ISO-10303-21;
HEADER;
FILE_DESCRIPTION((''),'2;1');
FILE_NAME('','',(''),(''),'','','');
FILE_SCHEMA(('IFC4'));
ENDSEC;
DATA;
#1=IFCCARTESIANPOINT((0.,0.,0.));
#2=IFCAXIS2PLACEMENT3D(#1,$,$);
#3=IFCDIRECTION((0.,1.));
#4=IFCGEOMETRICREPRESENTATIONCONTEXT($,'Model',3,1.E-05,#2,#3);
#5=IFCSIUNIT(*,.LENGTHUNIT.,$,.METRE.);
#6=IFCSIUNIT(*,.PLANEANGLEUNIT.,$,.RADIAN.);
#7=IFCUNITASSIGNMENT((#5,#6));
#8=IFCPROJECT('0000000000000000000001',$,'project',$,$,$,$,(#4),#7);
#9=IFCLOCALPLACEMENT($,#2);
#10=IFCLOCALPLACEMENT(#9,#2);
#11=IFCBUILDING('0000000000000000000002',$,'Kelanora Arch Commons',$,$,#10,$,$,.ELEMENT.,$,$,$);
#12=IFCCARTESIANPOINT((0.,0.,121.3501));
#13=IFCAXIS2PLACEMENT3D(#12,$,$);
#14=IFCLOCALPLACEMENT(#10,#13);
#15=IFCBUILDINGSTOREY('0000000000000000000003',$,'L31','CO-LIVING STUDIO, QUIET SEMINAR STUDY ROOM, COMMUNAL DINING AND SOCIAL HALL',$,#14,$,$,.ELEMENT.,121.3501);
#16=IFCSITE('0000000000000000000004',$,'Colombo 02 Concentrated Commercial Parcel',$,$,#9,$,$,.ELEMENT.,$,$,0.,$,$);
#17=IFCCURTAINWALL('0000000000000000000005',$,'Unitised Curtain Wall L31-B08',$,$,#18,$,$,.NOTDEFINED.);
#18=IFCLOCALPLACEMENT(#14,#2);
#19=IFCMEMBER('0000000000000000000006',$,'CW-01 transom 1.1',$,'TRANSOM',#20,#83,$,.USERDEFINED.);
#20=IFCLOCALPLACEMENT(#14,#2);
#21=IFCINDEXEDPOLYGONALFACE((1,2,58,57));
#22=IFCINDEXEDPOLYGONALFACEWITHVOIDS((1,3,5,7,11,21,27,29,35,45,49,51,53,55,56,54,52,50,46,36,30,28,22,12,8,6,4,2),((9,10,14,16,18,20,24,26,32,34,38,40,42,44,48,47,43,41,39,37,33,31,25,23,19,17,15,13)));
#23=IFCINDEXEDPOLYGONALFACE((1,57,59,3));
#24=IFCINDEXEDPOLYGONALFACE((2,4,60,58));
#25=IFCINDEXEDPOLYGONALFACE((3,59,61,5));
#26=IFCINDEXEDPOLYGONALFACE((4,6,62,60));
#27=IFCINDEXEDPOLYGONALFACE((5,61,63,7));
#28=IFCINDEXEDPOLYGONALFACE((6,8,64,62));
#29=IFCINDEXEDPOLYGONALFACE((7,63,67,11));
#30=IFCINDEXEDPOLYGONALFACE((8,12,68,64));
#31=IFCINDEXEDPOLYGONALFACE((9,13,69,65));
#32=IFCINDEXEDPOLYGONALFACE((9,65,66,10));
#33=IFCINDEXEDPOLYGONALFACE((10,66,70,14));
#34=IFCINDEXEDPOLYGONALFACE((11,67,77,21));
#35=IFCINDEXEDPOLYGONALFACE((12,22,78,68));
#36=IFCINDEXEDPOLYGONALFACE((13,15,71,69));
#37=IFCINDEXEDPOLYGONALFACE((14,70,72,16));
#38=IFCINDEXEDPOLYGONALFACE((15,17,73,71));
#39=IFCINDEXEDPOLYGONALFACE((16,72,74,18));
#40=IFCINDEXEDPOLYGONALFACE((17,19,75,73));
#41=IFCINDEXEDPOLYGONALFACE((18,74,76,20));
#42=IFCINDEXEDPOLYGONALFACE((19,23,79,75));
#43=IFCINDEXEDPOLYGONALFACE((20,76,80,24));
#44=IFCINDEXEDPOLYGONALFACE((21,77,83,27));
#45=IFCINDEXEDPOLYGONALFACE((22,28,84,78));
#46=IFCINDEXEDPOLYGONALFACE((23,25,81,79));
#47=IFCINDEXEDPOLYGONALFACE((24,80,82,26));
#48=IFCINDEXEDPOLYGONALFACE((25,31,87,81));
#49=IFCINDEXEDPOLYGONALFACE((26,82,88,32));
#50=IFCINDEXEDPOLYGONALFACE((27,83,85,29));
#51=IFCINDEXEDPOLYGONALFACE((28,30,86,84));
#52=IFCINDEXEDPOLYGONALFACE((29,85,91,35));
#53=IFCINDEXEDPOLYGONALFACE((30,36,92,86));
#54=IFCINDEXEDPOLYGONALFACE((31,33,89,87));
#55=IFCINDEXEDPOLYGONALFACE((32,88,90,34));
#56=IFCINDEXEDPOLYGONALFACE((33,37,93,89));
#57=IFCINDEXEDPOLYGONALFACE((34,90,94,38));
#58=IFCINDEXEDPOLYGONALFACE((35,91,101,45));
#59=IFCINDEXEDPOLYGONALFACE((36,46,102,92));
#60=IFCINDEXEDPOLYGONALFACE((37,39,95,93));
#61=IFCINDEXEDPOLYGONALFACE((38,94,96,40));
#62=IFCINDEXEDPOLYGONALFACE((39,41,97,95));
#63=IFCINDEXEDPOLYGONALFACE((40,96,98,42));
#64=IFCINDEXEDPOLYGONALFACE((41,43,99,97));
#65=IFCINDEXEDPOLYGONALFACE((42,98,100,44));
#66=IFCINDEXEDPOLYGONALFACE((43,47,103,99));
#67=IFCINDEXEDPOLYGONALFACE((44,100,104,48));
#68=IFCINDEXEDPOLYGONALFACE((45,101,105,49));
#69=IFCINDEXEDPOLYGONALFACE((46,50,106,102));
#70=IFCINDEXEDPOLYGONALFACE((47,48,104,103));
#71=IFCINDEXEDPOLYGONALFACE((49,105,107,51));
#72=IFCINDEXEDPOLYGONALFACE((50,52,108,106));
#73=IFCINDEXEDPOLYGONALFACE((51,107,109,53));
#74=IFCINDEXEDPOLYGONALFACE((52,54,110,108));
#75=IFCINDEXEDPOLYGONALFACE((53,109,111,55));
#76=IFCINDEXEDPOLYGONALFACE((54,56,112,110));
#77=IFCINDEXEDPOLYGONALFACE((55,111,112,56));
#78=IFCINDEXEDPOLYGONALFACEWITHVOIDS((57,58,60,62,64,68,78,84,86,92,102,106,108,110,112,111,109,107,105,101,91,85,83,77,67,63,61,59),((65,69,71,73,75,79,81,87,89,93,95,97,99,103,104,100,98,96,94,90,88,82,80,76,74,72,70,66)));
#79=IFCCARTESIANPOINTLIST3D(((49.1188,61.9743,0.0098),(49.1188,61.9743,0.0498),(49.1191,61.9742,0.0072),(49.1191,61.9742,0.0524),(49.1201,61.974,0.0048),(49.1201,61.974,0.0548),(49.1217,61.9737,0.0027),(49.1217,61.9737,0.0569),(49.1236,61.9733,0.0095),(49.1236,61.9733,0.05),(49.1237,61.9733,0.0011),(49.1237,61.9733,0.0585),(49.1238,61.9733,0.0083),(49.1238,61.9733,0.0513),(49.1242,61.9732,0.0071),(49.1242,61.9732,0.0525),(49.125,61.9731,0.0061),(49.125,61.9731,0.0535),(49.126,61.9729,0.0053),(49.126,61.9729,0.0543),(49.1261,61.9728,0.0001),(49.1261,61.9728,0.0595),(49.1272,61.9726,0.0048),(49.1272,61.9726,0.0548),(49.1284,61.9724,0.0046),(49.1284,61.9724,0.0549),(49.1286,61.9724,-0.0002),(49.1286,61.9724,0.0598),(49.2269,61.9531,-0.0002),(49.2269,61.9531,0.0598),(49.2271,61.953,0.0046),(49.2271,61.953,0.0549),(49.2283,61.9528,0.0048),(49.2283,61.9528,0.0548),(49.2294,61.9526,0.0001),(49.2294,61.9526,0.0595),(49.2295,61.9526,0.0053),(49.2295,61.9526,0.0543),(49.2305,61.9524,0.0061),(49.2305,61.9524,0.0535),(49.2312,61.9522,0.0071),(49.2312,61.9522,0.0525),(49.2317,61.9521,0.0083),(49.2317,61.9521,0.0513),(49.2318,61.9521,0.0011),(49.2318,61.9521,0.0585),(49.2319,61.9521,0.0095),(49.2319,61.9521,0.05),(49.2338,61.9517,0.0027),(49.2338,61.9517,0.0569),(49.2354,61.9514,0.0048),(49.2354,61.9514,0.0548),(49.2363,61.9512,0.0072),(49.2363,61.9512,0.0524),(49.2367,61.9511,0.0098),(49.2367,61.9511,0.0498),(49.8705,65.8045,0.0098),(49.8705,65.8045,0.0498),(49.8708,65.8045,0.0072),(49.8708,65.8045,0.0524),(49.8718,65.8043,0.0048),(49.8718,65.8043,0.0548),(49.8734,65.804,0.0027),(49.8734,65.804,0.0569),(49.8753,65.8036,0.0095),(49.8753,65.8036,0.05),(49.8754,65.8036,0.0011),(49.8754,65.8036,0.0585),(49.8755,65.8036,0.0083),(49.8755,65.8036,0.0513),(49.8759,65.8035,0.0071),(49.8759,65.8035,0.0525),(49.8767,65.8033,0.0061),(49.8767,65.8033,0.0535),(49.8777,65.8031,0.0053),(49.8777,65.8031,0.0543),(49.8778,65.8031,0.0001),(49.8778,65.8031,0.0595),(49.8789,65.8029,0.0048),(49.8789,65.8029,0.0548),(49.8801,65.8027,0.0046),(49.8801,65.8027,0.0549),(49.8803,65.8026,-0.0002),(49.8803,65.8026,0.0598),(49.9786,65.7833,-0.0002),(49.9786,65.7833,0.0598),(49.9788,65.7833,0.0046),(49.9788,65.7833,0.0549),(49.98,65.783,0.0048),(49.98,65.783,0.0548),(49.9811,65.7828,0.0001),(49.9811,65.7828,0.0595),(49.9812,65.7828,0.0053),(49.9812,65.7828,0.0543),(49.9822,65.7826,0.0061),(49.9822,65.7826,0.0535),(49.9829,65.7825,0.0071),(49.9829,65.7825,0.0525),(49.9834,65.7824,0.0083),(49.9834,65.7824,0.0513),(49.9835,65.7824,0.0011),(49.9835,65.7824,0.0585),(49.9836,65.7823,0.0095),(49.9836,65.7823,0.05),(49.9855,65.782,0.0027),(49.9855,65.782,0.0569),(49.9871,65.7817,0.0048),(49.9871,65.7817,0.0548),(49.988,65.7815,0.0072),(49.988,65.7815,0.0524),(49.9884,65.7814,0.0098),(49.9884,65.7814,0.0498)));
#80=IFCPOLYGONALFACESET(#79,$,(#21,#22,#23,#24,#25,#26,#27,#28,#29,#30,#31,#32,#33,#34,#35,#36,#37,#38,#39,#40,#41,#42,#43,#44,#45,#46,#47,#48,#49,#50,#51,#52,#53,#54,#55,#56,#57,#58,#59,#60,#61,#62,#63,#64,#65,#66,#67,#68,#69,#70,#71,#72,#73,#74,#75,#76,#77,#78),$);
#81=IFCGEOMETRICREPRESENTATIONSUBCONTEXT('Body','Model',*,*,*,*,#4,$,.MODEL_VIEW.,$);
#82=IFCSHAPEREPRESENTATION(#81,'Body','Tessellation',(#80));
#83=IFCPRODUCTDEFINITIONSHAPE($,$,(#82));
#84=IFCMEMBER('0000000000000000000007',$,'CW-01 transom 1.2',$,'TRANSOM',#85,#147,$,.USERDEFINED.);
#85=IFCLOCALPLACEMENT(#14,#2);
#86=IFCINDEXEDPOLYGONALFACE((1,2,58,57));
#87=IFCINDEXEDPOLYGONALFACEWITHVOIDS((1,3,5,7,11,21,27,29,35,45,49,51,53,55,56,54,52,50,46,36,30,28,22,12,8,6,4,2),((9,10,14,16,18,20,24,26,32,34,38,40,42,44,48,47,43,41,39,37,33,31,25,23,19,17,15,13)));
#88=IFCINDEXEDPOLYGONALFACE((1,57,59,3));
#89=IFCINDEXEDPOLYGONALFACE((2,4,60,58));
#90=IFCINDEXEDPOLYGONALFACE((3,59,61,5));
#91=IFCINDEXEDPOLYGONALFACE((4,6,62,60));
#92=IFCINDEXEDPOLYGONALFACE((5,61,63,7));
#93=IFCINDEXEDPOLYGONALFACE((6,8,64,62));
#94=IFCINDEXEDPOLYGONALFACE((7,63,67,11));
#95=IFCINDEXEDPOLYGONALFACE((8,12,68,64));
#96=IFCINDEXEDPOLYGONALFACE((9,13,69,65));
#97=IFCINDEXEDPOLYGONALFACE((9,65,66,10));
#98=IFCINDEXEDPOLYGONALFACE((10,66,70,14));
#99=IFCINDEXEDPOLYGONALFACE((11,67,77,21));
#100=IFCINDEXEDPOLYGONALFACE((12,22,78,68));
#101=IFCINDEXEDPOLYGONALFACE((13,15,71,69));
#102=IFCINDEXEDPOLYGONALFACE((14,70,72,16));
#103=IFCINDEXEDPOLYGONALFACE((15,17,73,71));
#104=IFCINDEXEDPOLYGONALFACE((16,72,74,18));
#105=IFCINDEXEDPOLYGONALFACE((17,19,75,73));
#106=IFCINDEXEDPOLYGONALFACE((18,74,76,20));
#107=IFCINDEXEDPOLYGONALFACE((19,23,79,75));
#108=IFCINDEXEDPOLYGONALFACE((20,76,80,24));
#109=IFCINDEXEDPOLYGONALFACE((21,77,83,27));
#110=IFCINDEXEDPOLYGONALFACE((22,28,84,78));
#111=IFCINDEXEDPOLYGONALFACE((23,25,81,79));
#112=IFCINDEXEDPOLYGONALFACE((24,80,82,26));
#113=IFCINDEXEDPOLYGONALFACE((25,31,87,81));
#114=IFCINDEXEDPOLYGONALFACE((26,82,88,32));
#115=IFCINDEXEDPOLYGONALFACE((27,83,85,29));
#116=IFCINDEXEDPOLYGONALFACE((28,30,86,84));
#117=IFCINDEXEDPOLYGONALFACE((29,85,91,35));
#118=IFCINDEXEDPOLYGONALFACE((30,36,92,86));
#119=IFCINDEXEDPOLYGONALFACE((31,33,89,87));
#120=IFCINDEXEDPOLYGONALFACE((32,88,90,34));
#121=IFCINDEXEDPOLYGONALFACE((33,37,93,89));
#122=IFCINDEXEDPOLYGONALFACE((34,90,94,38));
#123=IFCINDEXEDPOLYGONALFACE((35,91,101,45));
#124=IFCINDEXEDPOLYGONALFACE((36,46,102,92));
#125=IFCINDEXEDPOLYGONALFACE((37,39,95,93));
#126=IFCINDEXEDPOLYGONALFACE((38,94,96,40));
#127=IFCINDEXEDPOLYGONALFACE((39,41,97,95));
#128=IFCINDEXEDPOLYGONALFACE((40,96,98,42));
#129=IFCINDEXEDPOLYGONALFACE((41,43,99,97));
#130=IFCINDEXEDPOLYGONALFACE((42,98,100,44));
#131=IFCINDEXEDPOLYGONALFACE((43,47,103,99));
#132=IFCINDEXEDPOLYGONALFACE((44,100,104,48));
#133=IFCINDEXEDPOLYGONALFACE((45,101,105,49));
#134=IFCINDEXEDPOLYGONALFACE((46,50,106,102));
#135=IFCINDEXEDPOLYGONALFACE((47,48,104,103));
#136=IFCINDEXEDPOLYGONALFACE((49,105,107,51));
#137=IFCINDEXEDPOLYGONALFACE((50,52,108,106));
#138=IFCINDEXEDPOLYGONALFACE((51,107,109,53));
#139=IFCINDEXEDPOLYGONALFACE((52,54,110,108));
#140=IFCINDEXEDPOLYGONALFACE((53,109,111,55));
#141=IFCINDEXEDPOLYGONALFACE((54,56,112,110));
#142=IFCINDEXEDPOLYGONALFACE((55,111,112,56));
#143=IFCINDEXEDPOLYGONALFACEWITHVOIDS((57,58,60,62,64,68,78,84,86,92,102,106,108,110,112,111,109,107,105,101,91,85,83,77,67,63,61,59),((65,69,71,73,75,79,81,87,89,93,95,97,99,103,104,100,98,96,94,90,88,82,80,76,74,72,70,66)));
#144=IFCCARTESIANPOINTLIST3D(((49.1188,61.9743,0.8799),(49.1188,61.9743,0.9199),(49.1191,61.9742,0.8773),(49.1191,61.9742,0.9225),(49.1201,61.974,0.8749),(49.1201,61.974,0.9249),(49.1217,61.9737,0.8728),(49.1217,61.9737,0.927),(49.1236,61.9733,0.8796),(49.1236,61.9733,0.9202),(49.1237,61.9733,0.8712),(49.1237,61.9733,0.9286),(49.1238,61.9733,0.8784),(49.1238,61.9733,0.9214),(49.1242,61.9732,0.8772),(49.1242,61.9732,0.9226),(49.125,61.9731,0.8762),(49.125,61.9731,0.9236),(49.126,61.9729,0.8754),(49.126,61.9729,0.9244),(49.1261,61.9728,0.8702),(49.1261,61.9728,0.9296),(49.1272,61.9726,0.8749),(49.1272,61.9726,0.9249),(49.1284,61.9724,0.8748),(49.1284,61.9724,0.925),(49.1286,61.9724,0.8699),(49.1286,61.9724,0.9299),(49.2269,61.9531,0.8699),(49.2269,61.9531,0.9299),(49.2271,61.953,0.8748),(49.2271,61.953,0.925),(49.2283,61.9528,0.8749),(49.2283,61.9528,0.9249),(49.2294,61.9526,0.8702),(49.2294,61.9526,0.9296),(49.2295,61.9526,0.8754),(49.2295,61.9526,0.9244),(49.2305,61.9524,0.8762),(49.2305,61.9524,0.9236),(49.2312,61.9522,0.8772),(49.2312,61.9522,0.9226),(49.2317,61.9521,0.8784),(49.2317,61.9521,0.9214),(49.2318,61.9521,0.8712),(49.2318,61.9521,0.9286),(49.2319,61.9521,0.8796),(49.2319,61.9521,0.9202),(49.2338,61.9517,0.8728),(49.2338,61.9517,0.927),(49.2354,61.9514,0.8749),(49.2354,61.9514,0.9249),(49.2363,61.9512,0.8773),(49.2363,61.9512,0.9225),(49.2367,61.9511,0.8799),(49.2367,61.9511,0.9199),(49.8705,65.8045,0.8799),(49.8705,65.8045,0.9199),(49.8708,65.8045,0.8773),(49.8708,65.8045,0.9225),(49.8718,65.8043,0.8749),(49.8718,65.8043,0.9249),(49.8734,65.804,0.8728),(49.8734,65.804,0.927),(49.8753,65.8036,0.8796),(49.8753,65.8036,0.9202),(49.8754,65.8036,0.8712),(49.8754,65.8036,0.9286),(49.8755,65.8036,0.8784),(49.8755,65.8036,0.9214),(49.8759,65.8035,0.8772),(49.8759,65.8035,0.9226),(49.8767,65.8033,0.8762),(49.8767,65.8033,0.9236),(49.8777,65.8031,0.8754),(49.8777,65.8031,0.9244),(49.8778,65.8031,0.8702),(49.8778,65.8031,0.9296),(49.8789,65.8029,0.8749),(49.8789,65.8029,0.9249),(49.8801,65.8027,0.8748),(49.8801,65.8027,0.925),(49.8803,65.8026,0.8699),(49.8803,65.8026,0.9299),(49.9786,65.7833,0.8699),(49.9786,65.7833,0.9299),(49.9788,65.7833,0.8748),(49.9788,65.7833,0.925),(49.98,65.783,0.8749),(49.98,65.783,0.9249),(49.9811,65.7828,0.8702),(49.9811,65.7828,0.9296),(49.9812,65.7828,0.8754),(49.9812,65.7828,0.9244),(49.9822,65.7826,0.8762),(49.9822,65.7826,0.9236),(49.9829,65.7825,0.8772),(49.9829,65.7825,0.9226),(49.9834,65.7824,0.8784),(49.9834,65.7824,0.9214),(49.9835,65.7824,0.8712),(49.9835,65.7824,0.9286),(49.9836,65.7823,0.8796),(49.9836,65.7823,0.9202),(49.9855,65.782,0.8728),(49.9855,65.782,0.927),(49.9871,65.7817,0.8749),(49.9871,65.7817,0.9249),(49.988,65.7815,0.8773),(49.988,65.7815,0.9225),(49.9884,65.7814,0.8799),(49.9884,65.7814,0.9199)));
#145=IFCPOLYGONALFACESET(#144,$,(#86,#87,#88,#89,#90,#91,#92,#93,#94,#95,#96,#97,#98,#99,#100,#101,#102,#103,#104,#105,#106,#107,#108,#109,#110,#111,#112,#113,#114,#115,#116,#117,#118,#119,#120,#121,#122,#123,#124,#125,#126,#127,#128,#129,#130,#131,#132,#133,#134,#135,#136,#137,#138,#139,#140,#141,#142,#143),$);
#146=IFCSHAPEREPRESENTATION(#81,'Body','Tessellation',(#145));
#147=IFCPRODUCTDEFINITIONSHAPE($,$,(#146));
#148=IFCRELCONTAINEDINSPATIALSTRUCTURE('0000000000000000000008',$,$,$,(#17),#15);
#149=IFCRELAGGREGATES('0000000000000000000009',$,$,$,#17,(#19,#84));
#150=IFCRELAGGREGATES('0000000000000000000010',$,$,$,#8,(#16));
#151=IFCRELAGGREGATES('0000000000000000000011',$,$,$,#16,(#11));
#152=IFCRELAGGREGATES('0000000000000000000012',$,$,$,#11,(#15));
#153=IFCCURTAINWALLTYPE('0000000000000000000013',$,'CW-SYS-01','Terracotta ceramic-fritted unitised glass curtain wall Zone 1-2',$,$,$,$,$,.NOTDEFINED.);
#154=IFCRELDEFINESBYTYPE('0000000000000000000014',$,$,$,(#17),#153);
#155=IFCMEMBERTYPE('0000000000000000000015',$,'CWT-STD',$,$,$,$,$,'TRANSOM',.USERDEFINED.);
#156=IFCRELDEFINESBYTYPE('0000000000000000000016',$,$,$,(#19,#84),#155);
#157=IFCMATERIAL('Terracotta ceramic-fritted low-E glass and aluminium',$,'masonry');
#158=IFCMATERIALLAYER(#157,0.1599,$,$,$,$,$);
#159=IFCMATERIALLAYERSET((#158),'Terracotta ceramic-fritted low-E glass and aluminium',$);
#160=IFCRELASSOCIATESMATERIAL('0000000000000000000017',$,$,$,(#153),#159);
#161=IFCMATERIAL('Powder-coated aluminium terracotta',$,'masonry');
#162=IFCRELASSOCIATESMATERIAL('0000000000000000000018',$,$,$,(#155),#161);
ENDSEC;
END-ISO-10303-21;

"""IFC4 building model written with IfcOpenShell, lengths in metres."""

from ifc_helpers import new_model, si_unit, direction, frame, origin, origin_2d, place, context, subcontext, project, spatial, hollow_rectangle, extrude, material, layer, layer_set, material_profile, profile_set, type_object, element, aggregate, save


model = new_model("IFC4")

# Units and contexts
model_context = context("Model", 3, precision=1e-05, world=origin(), true_north=direction((0.0, 1.0)))
body_context = subcontext(model_context, "Body", "Model", "MODEL_VIEW")
ifc_project = project(units=[si_unit("LENGTHUNIT", "METRE"), si_unit("PLANEANGLEUNIT", "RADIAN")], contexts=[model_context])

# Site, building, storey
site_placement = place(None, origin())
site = spatial("IfcSite", under=ifc_project, at=site_placement, Name="Colombo 02 Concentrated Commercial Parcel", CompositionType="ELEMENT", RefElevation=0.0)
building_placement = place(site_placement, origin())
building = spatial("IfcBuilding", under=site, at=building_placement, Name="Kelanora Arch Commons", CompositionType="ELEMENT")
storey_placement = place(building_placement, frame((0.0, 0.0, 121.3501)))
storey = spatial("IfcBuildingStorey", under=building, at=storey_placement, Name="L31", Description="CO-LIVING STUDIO, QUIET SEMINAR STUDY ROOM, COMMUNAL DINING AND SOCIAL HALL", CompositionType="ELEMENT", Elevation=121.3501)

# Curtain wall, members
ifc_material_1 = material(Name="Terracotta ceramic-fritted low-E glass and aluminium", Category="masonry")
ifc_layer_1 = layer(ifc_material_1, 0.1599)
ifc_layer_set_1 = layer_set([ifc_layer_1], Name="Terracotta ceramic-fritted low-E glass and aluminium")
curtain_wall_type = type_object("IfcCurtainWallType", Name="CW-SYS-01", Description="Terracotta ceramic-fritted unitised glass curtain wall Zone 1-2", PredefinedType="NOTDEFINED", material=ifc_layer_set_1)
curtain_wall_placement = place(storey_placement, origin())
curtain_wall = element("IfcCurtainWall", 1, at=curtain_wall_placement, inside=storey, type_object=curtain_wall_type, Name="Unitised Curtain Wall L31-B08", PredefinedType="NOTDEFINED")
ifc_material_2 = material(Name="Powder-coated aluminium terracotta", Category="masonry")
ifc_material_profile_1 = material_profile(ifc_material_2, hollow_rectangle(XDim=0.1201, YDim=0.0601, WallThickness=0.0049, InnerFilletRadius=0.0049, OuterFilletRadius=0.01, at=origin_2d()), Name="CWT120x60")
ifc_profile_set_1 = profile_set([ifc_material_profile_1], Name="Powder-coated aluminium terracotta")
member_type_1 = type_object("IfcMemberType", Name="CWT-STD", ElementType="TRANSOM", PredefinedType="USERDEFINED", material=ifc_profile_set_1)
member_1_placement = place(storey_placement, frame((49.9294, 65.793, 0.0298), z_axis=(-0.192579, -0.981282, 0.0), x_axis=(0.981282, -0.192579, 0.0)))
member_1 = element("IfcMember", 2, at=member_1_placement, type_object=member_type_1, Name="CW-01 transom 1.1", ObjectType="TRANSOM", PredefinedType="USERDEFINED", context=body_context, shape_type="SweptSolid", body=[
    extrude(hollow_rectangle(XDim=0.1201, YDim=0.0601, WallThickness=0.0049, InnerFilletRadius=0.0049, OuterFilletRadius=0.01, at=origin_2d()), origin(), (0.0, 0.0, 1.0), 3.9033),
])
member_2_placement = place(storey_placement, frame((49.9294, 65.793, 0.8999), z_axis=(-0.192579, -0.981282, 0.0), x_axis=(0.981282, -0.192579, 0.0)))
member_2 = element("IfcMember", 3, at=member_2_placement, type_object=member_type_1, Name="CW-01 transom 1.2", ObjectType="TRANSOM", PredefinedType="USERDEFINED", context=body_context, shape_type="SweptSolid", body=[
    extrude(hollow_rectangle(XDim=0.1201, YDim=0.0601, WallThickness=0.0049, InnerFilletRadius=0.0049, OuterFilletRadius=0.01, at=origin_2d()), origin(), (0.0, 0.0, 1.0), 3.9033),
])
aggregate(curtain_wall, [member_1, member_2])

save(model, "model.ifc")
